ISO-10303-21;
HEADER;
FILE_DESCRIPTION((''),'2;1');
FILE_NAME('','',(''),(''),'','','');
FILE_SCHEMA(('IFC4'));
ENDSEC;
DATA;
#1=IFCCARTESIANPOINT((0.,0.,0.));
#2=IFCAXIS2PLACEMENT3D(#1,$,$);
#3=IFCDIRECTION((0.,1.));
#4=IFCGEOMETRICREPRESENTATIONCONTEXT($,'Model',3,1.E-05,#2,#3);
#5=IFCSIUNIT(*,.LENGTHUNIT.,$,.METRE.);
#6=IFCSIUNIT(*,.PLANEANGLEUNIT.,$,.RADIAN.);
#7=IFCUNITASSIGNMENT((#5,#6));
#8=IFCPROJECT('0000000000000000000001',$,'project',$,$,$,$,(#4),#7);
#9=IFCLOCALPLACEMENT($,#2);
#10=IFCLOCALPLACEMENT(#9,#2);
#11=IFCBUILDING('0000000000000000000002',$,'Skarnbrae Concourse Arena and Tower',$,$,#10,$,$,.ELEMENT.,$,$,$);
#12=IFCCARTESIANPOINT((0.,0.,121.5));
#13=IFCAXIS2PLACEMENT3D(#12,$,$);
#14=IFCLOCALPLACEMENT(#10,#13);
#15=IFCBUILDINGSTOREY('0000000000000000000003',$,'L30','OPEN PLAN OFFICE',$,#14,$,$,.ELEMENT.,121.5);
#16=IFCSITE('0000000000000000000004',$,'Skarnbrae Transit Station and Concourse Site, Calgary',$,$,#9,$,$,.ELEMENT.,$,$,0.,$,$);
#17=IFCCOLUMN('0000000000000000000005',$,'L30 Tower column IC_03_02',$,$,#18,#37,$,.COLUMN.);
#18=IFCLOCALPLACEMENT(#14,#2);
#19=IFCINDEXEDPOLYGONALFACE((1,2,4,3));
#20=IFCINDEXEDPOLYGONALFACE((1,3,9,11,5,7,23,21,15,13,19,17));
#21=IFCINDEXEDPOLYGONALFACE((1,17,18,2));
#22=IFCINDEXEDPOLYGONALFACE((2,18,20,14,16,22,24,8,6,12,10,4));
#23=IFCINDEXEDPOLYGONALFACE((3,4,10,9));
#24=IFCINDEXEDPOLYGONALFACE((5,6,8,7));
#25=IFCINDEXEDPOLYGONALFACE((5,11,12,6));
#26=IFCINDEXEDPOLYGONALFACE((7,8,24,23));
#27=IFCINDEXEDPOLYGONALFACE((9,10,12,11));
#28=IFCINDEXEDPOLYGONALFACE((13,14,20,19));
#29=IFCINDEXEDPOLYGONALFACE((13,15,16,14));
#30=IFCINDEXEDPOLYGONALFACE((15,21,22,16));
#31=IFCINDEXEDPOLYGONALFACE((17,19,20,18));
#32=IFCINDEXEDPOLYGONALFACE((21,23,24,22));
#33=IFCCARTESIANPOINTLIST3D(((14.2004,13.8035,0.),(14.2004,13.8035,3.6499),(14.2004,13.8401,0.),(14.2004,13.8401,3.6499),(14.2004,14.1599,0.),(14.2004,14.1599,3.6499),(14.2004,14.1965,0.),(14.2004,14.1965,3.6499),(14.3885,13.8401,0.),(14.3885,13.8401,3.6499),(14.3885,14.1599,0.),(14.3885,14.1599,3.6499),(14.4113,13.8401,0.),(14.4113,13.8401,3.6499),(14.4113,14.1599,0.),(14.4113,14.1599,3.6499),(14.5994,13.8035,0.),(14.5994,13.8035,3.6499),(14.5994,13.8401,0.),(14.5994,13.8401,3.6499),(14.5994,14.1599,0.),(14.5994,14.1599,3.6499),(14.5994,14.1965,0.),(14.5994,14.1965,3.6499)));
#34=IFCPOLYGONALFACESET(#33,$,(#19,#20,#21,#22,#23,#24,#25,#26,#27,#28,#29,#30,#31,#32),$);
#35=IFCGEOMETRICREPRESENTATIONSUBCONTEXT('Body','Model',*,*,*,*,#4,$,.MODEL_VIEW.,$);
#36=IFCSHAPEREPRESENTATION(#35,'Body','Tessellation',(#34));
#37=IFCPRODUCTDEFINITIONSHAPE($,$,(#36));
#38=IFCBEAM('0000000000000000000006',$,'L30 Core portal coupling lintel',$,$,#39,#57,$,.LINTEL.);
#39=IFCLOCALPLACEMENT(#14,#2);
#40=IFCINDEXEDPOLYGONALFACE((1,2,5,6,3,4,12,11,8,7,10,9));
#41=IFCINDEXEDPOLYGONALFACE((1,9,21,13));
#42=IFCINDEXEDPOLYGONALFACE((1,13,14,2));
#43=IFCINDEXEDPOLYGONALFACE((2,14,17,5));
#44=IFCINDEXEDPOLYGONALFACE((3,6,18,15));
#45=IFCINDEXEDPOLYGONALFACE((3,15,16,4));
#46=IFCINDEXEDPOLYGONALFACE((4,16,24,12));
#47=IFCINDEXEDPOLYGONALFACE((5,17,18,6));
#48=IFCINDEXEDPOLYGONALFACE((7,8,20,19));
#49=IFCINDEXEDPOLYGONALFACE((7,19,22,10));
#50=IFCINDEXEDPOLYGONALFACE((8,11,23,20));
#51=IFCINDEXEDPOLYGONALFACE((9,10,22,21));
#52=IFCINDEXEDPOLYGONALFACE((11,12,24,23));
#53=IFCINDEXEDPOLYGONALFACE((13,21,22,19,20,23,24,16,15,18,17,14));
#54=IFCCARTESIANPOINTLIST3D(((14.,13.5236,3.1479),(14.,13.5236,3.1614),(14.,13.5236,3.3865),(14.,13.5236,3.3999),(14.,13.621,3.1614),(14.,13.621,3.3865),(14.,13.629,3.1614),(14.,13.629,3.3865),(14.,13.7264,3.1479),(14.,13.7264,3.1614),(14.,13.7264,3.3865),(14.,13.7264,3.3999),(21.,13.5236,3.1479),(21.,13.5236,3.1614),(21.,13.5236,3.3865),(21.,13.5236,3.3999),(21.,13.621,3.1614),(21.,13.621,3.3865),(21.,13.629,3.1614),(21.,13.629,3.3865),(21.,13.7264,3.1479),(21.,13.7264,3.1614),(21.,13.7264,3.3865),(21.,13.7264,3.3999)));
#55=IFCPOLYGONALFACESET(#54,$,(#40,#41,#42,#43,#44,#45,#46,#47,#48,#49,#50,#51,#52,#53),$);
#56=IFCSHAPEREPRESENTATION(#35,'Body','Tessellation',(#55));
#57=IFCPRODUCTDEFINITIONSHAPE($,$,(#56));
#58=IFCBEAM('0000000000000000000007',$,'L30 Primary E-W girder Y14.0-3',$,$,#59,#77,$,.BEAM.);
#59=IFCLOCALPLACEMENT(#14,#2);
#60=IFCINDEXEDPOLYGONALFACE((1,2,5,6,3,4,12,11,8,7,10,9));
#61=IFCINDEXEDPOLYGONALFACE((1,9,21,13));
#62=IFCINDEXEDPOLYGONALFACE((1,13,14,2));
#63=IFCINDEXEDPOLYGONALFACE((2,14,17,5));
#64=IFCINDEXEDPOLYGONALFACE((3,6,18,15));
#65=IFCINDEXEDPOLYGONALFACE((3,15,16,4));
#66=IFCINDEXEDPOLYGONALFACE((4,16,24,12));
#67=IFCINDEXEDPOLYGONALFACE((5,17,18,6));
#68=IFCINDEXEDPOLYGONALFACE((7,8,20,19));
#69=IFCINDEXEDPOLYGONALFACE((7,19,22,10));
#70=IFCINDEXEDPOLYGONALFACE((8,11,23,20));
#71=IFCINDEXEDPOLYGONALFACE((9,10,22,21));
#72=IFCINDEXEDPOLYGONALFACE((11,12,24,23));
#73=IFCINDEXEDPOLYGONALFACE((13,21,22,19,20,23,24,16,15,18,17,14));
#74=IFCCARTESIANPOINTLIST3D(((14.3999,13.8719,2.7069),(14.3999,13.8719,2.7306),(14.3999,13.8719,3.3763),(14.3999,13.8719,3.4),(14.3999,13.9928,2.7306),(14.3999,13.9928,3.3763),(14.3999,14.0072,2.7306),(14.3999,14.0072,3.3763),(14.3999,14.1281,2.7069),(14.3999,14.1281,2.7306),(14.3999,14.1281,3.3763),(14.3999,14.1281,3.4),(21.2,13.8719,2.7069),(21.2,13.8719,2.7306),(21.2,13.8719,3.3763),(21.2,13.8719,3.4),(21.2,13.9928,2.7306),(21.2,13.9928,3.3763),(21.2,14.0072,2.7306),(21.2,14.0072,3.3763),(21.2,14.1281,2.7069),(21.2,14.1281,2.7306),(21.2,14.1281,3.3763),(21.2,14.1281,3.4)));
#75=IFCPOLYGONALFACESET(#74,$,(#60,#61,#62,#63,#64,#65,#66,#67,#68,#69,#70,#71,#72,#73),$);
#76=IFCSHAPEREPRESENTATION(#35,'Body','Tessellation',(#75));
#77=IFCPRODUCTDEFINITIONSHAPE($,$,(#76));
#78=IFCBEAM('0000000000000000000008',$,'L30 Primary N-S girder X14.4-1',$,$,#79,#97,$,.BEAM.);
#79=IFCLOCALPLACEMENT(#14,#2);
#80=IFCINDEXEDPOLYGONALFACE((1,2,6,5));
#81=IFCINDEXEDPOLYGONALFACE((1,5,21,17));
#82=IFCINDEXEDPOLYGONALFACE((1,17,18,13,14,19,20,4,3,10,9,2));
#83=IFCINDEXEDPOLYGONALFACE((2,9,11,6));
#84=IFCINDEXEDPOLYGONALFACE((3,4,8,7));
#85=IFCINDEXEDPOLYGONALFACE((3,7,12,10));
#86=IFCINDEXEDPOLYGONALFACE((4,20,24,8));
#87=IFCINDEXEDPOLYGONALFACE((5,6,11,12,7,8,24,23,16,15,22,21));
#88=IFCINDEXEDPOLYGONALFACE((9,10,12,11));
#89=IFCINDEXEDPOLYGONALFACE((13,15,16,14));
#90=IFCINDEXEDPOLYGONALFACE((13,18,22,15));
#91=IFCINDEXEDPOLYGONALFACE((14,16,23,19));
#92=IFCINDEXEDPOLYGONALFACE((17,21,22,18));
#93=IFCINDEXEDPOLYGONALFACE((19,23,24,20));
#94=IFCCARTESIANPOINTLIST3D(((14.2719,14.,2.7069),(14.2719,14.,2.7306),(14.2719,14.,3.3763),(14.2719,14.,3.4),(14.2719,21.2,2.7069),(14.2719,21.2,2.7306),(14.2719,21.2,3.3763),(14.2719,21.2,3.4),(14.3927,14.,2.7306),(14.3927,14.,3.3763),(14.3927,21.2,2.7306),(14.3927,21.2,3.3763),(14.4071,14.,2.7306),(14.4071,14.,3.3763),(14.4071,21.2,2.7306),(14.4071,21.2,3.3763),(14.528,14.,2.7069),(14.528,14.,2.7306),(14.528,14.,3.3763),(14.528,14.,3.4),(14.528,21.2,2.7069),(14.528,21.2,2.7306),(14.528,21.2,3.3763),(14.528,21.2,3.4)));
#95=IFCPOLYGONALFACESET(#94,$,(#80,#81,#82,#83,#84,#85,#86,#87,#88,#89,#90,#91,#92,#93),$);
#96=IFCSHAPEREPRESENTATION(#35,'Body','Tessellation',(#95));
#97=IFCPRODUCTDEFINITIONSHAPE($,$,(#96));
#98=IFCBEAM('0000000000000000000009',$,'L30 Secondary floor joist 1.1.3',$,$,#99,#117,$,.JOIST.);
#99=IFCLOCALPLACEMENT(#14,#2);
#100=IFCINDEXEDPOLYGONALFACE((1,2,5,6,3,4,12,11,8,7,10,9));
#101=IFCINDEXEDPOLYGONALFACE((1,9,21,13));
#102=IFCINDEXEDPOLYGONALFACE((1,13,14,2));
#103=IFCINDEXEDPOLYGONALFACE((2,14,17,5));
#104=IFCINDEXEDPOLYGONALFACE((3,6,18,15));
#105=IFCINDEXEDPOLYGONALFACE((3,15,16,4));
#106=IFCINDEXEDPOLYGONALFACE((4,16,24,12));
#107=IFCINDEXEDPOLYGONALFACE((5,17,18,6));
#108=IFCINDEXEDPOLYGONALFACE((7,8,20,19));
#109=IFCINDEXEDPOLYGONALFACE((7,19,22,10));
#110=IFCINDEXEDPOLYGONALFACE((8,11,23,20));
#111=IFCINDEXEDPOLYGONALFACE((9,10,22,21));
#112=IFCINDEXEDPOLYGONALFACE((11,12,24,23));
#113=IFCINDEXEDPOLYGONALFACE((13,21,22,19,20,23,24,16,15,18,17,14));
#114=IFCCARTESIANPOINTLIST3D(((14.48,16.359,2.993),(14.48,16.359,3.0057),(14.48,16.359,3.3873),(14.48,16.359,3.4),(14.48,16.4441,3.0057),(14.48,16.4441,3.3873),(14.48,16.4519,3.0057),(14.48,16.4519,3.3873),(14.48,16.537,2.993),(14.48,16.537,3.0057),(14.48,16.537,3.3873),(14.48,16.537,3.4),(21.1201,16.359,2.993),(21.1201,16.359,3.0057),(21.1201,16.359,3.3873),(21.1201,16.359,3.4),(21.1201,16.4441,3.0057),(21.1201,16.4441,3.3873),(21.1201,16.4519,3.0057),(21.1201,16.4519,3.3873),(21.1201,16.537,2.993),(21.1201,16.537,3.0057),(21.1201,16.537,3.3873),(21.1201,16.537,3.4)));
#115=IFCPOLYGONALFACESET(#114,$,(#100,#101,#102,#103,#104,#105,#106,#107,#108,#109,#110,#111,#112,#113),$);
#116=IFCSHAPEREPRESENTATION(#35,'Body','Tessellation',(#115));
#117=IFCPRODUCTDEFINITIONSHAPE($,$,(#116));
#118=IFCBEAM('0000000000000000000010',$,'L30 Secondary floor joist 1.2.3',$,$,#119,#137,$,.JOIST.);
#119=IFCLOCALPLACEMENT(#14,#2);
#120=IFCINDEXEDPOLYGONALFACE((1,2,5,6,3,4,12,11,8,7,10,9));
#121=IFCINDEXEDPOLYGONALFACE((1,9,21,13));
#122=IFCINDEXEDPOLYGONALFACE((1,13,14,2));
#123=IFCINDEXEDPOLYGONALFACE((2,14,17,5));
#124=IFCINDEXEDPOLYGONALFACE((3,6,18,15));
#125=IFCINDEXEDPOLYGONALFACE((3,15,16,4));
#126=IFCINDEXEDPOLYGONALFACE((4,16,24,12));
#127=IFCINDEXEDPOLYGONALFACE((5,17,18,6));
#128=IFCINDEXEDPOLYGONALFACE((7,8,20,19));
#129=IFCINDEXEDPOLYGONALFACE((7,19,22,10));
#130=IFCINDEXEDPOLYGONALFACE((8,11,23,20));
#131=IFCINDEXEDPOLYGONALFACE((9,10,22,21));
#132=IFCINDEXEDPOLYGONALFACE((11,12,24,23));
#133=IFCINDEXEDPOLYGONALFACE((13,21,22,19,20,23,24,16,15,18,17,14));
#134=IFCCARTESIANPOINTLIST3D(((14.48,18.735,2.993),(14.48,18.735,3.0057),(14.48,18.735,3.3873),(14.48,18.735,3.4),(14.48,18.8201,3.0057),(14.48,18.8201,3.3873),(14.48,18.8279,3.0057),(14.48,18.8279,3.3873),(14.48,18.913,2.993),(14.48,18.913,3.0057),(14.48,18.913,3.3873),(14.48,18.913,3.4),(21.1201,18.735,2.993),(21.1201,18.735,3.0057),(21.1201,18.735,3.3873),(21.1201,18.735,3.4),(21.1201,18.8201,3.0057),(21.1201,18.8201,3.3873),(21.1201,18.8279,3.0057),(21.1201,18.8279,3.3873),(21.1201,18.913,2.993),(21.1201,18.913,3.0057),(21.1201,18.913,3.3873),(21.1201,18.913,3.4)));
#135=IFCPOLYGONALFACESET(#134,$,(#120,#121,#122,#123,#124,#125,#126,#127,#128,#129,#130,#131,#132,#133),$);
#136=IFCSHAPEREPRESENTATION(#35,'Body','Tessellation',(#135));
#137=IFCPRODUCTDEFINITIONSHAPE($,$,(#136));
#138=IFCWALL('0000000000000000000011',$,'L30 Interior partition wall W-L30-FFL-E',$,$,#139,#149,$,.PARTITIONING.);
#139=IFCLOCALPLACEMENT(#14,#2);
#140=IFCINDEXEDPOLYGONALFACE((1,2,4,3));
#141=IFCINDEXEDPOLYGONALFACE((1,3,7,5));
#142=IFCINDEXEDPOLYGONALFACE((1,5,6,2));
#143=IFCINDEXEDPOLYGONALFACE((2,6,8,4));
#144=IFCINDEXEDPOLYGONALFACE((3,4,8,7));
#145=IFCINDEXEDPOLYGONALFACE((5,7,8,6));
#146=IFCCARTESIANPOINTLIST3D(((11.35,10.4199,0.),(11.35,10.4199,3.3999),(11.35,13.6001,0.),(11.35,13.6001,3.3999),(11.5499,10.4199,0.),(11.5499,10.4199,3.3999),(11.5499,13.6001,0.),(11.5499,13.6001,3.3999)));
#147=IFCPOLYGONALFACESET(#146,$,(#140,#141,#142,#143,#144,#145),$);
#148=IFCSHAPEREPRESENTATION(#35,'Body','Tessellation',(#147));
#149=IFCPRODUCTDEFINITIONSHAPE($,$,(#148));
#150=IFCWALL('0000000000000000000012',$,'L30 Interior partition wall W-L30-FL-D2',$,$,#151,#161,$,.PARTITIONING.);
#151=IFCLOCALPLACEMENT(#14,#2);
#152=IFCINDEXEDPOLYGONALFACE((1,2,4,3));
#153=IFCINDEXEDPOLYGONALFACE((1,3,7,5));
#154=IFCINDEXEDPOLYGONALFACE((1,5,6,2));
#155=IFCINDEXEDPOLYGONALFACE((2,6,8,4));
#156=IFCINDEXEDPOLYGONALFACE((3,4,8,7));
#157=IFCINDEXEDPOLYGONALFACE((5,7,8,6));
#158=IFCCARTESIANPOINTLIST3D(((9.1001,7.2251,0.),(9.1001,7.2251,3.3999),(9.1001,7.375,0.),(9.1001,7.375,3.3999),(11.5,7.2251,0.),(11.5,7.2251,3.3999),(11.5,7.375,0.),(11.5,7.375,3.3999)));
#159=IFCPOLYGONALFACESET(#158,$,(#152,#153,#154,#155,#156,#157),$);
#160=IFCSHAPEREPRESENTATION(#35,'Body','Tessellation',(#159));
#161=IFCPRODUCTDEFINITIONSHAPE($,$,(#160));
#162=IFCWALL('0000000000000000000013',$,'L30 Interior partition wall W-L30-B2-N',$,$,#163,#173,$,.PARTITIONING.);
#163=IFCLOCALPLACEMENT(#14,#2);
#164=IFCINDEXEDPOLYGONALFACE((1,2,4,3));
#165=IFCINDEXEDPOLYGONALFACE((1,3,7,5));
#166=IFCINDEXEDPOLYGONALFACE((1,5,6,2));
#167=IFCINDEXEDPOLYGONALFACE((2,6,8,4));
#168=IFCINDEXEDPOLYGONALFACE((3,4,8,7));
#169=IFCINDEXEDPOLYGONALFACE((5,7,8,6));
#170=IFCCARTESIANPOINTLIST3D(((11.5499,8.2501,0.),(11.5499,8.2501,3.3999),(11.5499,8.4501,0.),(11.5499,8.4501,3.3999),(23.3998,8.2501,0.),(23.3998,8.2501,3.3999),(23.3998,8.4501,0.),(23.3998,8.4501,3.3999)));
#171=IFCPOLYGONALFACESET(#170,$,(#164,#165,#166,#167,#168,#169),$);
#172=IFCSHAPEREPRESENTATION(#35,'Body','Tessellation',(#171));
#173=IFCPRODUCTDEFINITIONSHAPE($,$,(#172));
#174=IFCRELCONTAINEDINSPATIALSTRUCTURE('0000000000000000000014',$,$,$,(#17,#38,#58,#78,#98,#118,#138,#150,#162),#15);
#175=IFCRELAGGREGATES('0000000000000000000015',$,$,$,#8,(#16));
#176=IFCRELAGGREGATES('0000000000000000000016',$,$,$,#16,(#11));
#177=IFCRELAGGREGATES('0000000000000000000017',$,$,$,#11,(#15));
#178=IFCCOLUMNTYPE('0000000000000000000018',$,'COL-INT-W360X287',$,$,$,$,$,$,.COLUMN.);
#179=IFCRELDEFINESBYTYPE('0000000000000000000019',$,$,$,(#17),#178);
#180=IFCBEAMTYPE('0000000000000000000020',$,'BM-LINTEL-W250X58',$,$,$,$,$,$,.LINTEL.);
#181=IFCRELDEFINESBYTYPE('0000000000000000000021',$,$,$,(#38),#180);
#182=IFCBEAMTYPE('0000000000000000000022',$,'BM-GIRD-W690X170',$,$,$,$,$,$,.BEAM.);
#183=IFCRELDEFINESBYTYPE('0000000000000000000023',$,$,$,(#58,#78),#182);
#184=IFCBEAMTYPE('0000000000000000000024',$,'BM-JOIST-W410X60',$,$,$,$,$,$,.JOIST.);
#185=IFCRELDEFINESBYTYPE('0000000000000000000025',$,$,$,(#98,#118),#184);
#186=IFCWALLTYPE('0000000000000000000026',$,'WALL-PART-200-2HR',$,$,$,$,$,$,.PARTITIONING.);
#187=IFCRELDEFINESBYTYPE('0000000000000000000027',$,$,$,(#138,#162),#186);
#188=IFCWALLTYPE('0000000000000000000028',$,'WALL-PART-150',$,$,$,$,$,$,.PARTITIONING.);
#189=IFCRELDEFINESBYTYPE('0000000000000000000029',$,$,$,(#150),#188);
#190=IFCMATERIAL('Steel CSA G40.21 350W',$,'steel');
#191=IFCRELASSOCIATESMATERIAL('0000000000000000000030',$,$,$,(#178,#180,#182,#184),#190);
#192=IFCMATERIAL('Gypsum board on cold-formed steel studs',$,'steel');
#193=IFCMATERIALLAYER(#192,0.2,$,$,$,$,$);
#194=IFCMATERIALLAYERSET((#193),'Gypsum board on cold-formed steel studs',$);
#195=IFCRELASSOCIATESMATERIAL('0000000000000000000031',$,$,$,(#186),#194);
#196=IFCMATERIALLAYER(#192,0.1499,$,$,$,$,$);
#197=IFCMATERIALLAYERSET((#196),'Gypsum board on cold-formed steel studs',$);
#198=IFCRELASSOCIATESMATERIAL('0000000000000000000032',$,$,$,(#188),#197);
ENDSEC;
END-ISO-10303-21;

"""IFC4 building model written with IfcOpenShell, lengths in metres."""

from ifc_helpers import new_model, si_unit, direction, frame, frame_2d, origin, origin_2d, place, context, subcontext, project, spatial, rectangle, i_section, extrude, source, transform, mapped, material, layer, layer_set, material_profile, profile_set, type_object, element, save


model = new_model("IFC4")

# Units and contexts
model_context = context("Model", 3, precision=1e-05, world=origin(), true_north=direction((0.0, 1.0)))
body_context = subcontext(model_context, "Body", "Model", "MODEL_VIEW")
ifc_project = project(units=[si_unit("LENGTHUNIT", "METRE"), si_unit("PLANEANGLEUNIT", "RADIAN")], contexts=[model_context])

# Site, building, storey
site_placement = place(None, origin())
site = spatial("IfcSite", under=ifc_project, at=site_placement, Name="Skarnbrae Transit Station and Concourse Site, Calgary", CompositionType="ELEMENT", RefElevation=0.0)
building_placement = place(site_placement, origin())
building = spatial("IfcBuilding", under=site, at=building_placement, Name="Skarnbrae Concourse Arena and Tower", CompositionType="ELEMENT")
storey_placement = place(building_placement, frame((0.0, 0.0, 121.5)))
storey = spatial("IfcBuildingStorey", under=building, at=storey_placement, Name="L30", Description="OPEN PLAN OFFICE", CompositionType="ELEMENT", Elevation=121.5)

# Column
ifc_material_1 = material(Name="Steel CSA G40.21 350W", Category="steel")
ifc_material_profile_1 = material_profile(ifc_material_1, i_section(OverallWidth=0.3989, OverallDepth=0.3931, WebThickness=0.0227, FlangeThickness=0.0366, at=origin_2d()), Name="W360X287")
ifc_profile_set_1 = profile_set([ifc_material_profile_1], Name="Steel CSA G40.21 350W")
column_type = type_object("IfcColumnType", Name="COL-INT-W360X287", PredefinedType="COLUMN", material=ifc_profile_set_1)
shared_shape_1 = source(origin(), body_context, "Body", "SweptSolid", [
    extrude(i_section(OverallWidth=0.3989, OverallDepth=0.3931, WebThickness=0.0227, FlangeThickness=0.0366, at=origin_2d()), origin(), (0.0, 0.0, 1.0), 3.6499),
])
column_placement = place(storey_placement, frame((14.3999, 14.0, 0.0), z_axis=(0.0, 0.0, 1.0), x_axis=(1.0, 0.0, 0.0)))
element("IfcColumn", 1, at=column_placement, inside=storey, type_object=column_type, Name="L30 Tower column IC_03_02", PredefinedType="COLUMN", context=body_context, shape_type="MappedRepresentation", body=[
    mapped(shared_shape_1, transform((0.0, 0.0, 0.0))),
])

# Beams
ifc_material_profile_2 = material_profile(ifc_material_1, i_section(OverallWidth=0.2029, OverallDepth=0.252, WebThickness=0.0081, FlangeThickness=0.0134, at=origin_2d()), Name="W250X58")
ifc_profile_set_2 = profile_set([ifc_material_profile_2], Name="Steel CSA G40.21 350W")
beam_type_1 = type_object("IfcBeamType", Name="BM-LINTEL-W250X58", PredefinedType="LINTEL", material=ifc_profile_set_2)
shared_shape_2 = source(origin(), body_context, "Body", "SweptSolid", [
    extrude(i_section(OverallWidth=0.2029, OverallDepth=0.252, WebThickness=0.0081, FlangeThickness=0.0134, at=origin_2d()), origin(), (0.0, 0.0, 1.0), 7.0),
])
beam_1_placement = place(storey_placement, frame((14.0, 13.625, 3.2739), z_axis=(1.0, 0.0, 0.0), x_axis=(0.0, 1.0, 0.0)))
element("IfcBeam", 2, at=beam_1_placement, inside=storey, type_object=beam_type_1, Name="L30 Core portal coupling lintel", PredefinedType="LINTEL", context=body_context, shape_type="MappedRepresentation", body=[
    mapped(shared_shape_2, transform((0.0, 0.0, 0.0))),
])
ifc_material_profile_3 = material_profile(ifc_material_1, i_section(OverallWidth=0.2561, OverallDepth=0.6931, WebThickness=0.0144, FlangeThickness=0.0237, at=origin_2d()), Name="W690X170")
ifc_profile_set_3 = profile_set([ifc_material_profile_3], Name="Steel CSA G40.21 350W")
beam_type_2 = type_object("IfcBeamType", Name="BM-GIRD-W690X170", PredefinedType="BEAM", material=ifc_profile_set_3)
shared_shape_3 = source(origin(), body_context, "Body", "SweptSolid", [
    extrude(i_section(OverallWidth=0.2561, OverallDepth=0.6931, WebThickness=0.0144, FlangeThickness=0.0237, at=origin_2d()), origin(), (0.0, 0.0, 1.0), 6.8),
])
beam_2_placement = place(storey_placement, frame((14.3999, 14.0, 3.0535), z_axis=(1.0, 0.0, 0.0), x_axis=(0.0, 1.0, 0.0)))
element("IfcBeam", 3, at=beam_2_placement, inside=storey, type_object=beam_type_2, Name="L30 Primary E-W girder Y14.0-3", PredefinedType="BEAM", context=body_context, shape_type="MappedRepresentation", body=[
    mapped(shared_shape_3, transform((0.0, 0.0, 0.0))),
])
shared_shape_4 = source(origin(), body_context, "Body", "SweptSolid", [
    extrude(i_section(OverallWidth=0.2561, OverallDepth=0.6931, WebThickness=0.0144, FlangeThickness=0.0237, at=origin_2d()), origin(), (0.0, 0.0, 1.0), 7.2),
])
beam_3_placement = place(storey_placement, frame((14.3999, 14.0, 3.0535), z_axis=(0.0, 1.0, 0.0), x_axis=(-1.0, 0.0, 0.0)))
element("IfcBeam", 4, at=beam_3_placement, inside=storey, type_object=beam_type_2, Name="L30 Primary N-S girder X14.4-1", PredefinedType="BEAM", context=body_context, shape_type="MappedRepresentation", body=[
    mapped(shared_shape_4, transform((0.0, 0.0, 0.0))),
])
ifc_material_profile_4 = material_profile(ifc_material_1, i_section(OverallWidth=0.178, OverallDepth=0.407, WebThickness=0.0078, FlangeThickness=0.0127, at=origin_2d()), Name="W410X60")
ifc_profile_set_4 = profile_set([ifc_material_profile_4], Name="Steel CSA G40.21 350W")
beam_type_3 = type_object("IfcBeamType", Name="BM-JOIST-W410X60", PredefinedType="JOIST", material=ifc_profile_set_4)
shared_shape_5 = source(origin(), body_context, "Body", "SweptSolid", [
    extrude(i_section(OverallWidth=0.178, OverallDepth=0.407, WebThickness=0.0078, FlangeThickness=0.0127, at=origin_2d()), origin(), (0.0, 0.0, 1.0), 6.6401),
])
for number, where, z_axis, x_axis, name in (
    (5, (14.48, 16.448, 3.1965), (1.0, 0.0, 0.0), (0.0, 1.0, 0.0), "L30 Secondary floor joist 1.1.3"),
    (6, (14.48, 18.824, 3.1965), (1.0, 0.0, 0.0), (0.0, 1.0, 0.0), "L30 Secondary floor joist 1.2.3"),
):
    element("IfcBeam", number, at=place(storey_placement, frame(where, z_axis=z_axis, x_axis=x_axis)), inside=storey, type_object=beam_type_3, Name=name, PredefinedType="JOIST", context=body_context, shape_type="MappedRepresentation", body=[
        mapped(shared_shape_5, transform((0.0, 0.0, 0.0))),
    ])

# Wall
ifc_material_2 = material(Name="Gypsum board on cold-formed steel studs", Category="steel")
ifc_layer_1 = layer(ifc_material_2, 0.2)
ifc_layer_set_1 = layer_set([ifc_layer_1], Name="Gypsum board on cold-formed steel studs")
wall_type_1 = type_object("IfcWallType", Name="WALL-PART-200-2HR", PredefinedType="PARTITIONING", material=ifc_layer_set_1)
shared_shape_6 = source(origin(), body_context, "Body", "SweptSolid", [
    extrude(rectangle(XDim=3.1802, YDim=0.2, at=frame_2d((1.5901, 0.0))), origin(), (0.0, 0.0, 1.0), 3.3999),
])
wall_1_placement = place(storey_placement, frame((11.45, 10.4199, 0.0), z_axis=(0.0, 0.0, 1.0), x_axis=(0.0, 1.0, 0.0)))
element("IfcWall", 7, at=wall_1_placement, inside=storey, type_object=wall_type_1, Name="L30 Interior partition wall W-L30-FFL-E", PredefinedType="PARTITIONING", context=body_context, shape_type="MappedRepresentation", body=[
    mapped(shared_shape_6, transform((0.0, 0.0, 0.0))),
])

# Walls
ifc_layer_2 = layer(ifc_material_2, 0.1499)
ifc_layer_set_2 = layer_set([ifc_layer_2], Name="Gypsum board on cold-formed steel studs")
wall_type_2 = type_object("IfcWallType", Name="WALL-PART-150", PredefinedType="PARTITIONING", material=ifc_layer_set_2)
shared_shape_7 = source(origin(), body_context, "Body", "SweptSolid", [
    extrude(rectangle(XDim=2.3999, YDim=0.1499, at=frame_2d((1.2, 0.0))), origin(), (0.0, 0.0, 1.0), 3.3999),
])
wall_2_placement = place(storey_placement, frame((9.1001, 7.3, 0.0), z_axis=(0.0, 0.0, 1.0), x_axis=(1.0, 0.0, 0.0)))
element("IfcWall", 8, at=wall_2_placement, inside=storey, type_object=wall_type_2, Name="L30 Interior partition wall W-L30-FL-D2", PredefinedType="PARTITIONING", context=body_context, shape_type="MappedRepresentation", body=[
    mapped(shared_shape_7, transform((0.0, 0.0, 0.0))),
])
shared_shape_8 = source(origin(), body_context, "Body", "SweptSolid", [
    extrude(rectangle(XDim=11.8499, YDim=0.2, at=frame_2d((5.9248, 0.0))), origin(), (0.0, 0.0, 1.0), 3.3999),
])
wall_3_placement = place(storey_placement, frame((11.55, 8.3501, 0.0), z_axis=(0.0, 0.0, 1.0), x_axis=(1.0, 0.0, 0.0)))
element("IfcWall", 9, at=wall_3_placement, inside=storey, type_object=wall_type_1, Name="L30 Interior partition wall W-L30-B2-N", PredefinedType="PARTITIONING", context=body_context, shape_type="MappedRepresentation", body=[
    mapped(shared_shape_8, transform((0.0, 0.0, 0.0))),
])

save(model, "model.ifc")
